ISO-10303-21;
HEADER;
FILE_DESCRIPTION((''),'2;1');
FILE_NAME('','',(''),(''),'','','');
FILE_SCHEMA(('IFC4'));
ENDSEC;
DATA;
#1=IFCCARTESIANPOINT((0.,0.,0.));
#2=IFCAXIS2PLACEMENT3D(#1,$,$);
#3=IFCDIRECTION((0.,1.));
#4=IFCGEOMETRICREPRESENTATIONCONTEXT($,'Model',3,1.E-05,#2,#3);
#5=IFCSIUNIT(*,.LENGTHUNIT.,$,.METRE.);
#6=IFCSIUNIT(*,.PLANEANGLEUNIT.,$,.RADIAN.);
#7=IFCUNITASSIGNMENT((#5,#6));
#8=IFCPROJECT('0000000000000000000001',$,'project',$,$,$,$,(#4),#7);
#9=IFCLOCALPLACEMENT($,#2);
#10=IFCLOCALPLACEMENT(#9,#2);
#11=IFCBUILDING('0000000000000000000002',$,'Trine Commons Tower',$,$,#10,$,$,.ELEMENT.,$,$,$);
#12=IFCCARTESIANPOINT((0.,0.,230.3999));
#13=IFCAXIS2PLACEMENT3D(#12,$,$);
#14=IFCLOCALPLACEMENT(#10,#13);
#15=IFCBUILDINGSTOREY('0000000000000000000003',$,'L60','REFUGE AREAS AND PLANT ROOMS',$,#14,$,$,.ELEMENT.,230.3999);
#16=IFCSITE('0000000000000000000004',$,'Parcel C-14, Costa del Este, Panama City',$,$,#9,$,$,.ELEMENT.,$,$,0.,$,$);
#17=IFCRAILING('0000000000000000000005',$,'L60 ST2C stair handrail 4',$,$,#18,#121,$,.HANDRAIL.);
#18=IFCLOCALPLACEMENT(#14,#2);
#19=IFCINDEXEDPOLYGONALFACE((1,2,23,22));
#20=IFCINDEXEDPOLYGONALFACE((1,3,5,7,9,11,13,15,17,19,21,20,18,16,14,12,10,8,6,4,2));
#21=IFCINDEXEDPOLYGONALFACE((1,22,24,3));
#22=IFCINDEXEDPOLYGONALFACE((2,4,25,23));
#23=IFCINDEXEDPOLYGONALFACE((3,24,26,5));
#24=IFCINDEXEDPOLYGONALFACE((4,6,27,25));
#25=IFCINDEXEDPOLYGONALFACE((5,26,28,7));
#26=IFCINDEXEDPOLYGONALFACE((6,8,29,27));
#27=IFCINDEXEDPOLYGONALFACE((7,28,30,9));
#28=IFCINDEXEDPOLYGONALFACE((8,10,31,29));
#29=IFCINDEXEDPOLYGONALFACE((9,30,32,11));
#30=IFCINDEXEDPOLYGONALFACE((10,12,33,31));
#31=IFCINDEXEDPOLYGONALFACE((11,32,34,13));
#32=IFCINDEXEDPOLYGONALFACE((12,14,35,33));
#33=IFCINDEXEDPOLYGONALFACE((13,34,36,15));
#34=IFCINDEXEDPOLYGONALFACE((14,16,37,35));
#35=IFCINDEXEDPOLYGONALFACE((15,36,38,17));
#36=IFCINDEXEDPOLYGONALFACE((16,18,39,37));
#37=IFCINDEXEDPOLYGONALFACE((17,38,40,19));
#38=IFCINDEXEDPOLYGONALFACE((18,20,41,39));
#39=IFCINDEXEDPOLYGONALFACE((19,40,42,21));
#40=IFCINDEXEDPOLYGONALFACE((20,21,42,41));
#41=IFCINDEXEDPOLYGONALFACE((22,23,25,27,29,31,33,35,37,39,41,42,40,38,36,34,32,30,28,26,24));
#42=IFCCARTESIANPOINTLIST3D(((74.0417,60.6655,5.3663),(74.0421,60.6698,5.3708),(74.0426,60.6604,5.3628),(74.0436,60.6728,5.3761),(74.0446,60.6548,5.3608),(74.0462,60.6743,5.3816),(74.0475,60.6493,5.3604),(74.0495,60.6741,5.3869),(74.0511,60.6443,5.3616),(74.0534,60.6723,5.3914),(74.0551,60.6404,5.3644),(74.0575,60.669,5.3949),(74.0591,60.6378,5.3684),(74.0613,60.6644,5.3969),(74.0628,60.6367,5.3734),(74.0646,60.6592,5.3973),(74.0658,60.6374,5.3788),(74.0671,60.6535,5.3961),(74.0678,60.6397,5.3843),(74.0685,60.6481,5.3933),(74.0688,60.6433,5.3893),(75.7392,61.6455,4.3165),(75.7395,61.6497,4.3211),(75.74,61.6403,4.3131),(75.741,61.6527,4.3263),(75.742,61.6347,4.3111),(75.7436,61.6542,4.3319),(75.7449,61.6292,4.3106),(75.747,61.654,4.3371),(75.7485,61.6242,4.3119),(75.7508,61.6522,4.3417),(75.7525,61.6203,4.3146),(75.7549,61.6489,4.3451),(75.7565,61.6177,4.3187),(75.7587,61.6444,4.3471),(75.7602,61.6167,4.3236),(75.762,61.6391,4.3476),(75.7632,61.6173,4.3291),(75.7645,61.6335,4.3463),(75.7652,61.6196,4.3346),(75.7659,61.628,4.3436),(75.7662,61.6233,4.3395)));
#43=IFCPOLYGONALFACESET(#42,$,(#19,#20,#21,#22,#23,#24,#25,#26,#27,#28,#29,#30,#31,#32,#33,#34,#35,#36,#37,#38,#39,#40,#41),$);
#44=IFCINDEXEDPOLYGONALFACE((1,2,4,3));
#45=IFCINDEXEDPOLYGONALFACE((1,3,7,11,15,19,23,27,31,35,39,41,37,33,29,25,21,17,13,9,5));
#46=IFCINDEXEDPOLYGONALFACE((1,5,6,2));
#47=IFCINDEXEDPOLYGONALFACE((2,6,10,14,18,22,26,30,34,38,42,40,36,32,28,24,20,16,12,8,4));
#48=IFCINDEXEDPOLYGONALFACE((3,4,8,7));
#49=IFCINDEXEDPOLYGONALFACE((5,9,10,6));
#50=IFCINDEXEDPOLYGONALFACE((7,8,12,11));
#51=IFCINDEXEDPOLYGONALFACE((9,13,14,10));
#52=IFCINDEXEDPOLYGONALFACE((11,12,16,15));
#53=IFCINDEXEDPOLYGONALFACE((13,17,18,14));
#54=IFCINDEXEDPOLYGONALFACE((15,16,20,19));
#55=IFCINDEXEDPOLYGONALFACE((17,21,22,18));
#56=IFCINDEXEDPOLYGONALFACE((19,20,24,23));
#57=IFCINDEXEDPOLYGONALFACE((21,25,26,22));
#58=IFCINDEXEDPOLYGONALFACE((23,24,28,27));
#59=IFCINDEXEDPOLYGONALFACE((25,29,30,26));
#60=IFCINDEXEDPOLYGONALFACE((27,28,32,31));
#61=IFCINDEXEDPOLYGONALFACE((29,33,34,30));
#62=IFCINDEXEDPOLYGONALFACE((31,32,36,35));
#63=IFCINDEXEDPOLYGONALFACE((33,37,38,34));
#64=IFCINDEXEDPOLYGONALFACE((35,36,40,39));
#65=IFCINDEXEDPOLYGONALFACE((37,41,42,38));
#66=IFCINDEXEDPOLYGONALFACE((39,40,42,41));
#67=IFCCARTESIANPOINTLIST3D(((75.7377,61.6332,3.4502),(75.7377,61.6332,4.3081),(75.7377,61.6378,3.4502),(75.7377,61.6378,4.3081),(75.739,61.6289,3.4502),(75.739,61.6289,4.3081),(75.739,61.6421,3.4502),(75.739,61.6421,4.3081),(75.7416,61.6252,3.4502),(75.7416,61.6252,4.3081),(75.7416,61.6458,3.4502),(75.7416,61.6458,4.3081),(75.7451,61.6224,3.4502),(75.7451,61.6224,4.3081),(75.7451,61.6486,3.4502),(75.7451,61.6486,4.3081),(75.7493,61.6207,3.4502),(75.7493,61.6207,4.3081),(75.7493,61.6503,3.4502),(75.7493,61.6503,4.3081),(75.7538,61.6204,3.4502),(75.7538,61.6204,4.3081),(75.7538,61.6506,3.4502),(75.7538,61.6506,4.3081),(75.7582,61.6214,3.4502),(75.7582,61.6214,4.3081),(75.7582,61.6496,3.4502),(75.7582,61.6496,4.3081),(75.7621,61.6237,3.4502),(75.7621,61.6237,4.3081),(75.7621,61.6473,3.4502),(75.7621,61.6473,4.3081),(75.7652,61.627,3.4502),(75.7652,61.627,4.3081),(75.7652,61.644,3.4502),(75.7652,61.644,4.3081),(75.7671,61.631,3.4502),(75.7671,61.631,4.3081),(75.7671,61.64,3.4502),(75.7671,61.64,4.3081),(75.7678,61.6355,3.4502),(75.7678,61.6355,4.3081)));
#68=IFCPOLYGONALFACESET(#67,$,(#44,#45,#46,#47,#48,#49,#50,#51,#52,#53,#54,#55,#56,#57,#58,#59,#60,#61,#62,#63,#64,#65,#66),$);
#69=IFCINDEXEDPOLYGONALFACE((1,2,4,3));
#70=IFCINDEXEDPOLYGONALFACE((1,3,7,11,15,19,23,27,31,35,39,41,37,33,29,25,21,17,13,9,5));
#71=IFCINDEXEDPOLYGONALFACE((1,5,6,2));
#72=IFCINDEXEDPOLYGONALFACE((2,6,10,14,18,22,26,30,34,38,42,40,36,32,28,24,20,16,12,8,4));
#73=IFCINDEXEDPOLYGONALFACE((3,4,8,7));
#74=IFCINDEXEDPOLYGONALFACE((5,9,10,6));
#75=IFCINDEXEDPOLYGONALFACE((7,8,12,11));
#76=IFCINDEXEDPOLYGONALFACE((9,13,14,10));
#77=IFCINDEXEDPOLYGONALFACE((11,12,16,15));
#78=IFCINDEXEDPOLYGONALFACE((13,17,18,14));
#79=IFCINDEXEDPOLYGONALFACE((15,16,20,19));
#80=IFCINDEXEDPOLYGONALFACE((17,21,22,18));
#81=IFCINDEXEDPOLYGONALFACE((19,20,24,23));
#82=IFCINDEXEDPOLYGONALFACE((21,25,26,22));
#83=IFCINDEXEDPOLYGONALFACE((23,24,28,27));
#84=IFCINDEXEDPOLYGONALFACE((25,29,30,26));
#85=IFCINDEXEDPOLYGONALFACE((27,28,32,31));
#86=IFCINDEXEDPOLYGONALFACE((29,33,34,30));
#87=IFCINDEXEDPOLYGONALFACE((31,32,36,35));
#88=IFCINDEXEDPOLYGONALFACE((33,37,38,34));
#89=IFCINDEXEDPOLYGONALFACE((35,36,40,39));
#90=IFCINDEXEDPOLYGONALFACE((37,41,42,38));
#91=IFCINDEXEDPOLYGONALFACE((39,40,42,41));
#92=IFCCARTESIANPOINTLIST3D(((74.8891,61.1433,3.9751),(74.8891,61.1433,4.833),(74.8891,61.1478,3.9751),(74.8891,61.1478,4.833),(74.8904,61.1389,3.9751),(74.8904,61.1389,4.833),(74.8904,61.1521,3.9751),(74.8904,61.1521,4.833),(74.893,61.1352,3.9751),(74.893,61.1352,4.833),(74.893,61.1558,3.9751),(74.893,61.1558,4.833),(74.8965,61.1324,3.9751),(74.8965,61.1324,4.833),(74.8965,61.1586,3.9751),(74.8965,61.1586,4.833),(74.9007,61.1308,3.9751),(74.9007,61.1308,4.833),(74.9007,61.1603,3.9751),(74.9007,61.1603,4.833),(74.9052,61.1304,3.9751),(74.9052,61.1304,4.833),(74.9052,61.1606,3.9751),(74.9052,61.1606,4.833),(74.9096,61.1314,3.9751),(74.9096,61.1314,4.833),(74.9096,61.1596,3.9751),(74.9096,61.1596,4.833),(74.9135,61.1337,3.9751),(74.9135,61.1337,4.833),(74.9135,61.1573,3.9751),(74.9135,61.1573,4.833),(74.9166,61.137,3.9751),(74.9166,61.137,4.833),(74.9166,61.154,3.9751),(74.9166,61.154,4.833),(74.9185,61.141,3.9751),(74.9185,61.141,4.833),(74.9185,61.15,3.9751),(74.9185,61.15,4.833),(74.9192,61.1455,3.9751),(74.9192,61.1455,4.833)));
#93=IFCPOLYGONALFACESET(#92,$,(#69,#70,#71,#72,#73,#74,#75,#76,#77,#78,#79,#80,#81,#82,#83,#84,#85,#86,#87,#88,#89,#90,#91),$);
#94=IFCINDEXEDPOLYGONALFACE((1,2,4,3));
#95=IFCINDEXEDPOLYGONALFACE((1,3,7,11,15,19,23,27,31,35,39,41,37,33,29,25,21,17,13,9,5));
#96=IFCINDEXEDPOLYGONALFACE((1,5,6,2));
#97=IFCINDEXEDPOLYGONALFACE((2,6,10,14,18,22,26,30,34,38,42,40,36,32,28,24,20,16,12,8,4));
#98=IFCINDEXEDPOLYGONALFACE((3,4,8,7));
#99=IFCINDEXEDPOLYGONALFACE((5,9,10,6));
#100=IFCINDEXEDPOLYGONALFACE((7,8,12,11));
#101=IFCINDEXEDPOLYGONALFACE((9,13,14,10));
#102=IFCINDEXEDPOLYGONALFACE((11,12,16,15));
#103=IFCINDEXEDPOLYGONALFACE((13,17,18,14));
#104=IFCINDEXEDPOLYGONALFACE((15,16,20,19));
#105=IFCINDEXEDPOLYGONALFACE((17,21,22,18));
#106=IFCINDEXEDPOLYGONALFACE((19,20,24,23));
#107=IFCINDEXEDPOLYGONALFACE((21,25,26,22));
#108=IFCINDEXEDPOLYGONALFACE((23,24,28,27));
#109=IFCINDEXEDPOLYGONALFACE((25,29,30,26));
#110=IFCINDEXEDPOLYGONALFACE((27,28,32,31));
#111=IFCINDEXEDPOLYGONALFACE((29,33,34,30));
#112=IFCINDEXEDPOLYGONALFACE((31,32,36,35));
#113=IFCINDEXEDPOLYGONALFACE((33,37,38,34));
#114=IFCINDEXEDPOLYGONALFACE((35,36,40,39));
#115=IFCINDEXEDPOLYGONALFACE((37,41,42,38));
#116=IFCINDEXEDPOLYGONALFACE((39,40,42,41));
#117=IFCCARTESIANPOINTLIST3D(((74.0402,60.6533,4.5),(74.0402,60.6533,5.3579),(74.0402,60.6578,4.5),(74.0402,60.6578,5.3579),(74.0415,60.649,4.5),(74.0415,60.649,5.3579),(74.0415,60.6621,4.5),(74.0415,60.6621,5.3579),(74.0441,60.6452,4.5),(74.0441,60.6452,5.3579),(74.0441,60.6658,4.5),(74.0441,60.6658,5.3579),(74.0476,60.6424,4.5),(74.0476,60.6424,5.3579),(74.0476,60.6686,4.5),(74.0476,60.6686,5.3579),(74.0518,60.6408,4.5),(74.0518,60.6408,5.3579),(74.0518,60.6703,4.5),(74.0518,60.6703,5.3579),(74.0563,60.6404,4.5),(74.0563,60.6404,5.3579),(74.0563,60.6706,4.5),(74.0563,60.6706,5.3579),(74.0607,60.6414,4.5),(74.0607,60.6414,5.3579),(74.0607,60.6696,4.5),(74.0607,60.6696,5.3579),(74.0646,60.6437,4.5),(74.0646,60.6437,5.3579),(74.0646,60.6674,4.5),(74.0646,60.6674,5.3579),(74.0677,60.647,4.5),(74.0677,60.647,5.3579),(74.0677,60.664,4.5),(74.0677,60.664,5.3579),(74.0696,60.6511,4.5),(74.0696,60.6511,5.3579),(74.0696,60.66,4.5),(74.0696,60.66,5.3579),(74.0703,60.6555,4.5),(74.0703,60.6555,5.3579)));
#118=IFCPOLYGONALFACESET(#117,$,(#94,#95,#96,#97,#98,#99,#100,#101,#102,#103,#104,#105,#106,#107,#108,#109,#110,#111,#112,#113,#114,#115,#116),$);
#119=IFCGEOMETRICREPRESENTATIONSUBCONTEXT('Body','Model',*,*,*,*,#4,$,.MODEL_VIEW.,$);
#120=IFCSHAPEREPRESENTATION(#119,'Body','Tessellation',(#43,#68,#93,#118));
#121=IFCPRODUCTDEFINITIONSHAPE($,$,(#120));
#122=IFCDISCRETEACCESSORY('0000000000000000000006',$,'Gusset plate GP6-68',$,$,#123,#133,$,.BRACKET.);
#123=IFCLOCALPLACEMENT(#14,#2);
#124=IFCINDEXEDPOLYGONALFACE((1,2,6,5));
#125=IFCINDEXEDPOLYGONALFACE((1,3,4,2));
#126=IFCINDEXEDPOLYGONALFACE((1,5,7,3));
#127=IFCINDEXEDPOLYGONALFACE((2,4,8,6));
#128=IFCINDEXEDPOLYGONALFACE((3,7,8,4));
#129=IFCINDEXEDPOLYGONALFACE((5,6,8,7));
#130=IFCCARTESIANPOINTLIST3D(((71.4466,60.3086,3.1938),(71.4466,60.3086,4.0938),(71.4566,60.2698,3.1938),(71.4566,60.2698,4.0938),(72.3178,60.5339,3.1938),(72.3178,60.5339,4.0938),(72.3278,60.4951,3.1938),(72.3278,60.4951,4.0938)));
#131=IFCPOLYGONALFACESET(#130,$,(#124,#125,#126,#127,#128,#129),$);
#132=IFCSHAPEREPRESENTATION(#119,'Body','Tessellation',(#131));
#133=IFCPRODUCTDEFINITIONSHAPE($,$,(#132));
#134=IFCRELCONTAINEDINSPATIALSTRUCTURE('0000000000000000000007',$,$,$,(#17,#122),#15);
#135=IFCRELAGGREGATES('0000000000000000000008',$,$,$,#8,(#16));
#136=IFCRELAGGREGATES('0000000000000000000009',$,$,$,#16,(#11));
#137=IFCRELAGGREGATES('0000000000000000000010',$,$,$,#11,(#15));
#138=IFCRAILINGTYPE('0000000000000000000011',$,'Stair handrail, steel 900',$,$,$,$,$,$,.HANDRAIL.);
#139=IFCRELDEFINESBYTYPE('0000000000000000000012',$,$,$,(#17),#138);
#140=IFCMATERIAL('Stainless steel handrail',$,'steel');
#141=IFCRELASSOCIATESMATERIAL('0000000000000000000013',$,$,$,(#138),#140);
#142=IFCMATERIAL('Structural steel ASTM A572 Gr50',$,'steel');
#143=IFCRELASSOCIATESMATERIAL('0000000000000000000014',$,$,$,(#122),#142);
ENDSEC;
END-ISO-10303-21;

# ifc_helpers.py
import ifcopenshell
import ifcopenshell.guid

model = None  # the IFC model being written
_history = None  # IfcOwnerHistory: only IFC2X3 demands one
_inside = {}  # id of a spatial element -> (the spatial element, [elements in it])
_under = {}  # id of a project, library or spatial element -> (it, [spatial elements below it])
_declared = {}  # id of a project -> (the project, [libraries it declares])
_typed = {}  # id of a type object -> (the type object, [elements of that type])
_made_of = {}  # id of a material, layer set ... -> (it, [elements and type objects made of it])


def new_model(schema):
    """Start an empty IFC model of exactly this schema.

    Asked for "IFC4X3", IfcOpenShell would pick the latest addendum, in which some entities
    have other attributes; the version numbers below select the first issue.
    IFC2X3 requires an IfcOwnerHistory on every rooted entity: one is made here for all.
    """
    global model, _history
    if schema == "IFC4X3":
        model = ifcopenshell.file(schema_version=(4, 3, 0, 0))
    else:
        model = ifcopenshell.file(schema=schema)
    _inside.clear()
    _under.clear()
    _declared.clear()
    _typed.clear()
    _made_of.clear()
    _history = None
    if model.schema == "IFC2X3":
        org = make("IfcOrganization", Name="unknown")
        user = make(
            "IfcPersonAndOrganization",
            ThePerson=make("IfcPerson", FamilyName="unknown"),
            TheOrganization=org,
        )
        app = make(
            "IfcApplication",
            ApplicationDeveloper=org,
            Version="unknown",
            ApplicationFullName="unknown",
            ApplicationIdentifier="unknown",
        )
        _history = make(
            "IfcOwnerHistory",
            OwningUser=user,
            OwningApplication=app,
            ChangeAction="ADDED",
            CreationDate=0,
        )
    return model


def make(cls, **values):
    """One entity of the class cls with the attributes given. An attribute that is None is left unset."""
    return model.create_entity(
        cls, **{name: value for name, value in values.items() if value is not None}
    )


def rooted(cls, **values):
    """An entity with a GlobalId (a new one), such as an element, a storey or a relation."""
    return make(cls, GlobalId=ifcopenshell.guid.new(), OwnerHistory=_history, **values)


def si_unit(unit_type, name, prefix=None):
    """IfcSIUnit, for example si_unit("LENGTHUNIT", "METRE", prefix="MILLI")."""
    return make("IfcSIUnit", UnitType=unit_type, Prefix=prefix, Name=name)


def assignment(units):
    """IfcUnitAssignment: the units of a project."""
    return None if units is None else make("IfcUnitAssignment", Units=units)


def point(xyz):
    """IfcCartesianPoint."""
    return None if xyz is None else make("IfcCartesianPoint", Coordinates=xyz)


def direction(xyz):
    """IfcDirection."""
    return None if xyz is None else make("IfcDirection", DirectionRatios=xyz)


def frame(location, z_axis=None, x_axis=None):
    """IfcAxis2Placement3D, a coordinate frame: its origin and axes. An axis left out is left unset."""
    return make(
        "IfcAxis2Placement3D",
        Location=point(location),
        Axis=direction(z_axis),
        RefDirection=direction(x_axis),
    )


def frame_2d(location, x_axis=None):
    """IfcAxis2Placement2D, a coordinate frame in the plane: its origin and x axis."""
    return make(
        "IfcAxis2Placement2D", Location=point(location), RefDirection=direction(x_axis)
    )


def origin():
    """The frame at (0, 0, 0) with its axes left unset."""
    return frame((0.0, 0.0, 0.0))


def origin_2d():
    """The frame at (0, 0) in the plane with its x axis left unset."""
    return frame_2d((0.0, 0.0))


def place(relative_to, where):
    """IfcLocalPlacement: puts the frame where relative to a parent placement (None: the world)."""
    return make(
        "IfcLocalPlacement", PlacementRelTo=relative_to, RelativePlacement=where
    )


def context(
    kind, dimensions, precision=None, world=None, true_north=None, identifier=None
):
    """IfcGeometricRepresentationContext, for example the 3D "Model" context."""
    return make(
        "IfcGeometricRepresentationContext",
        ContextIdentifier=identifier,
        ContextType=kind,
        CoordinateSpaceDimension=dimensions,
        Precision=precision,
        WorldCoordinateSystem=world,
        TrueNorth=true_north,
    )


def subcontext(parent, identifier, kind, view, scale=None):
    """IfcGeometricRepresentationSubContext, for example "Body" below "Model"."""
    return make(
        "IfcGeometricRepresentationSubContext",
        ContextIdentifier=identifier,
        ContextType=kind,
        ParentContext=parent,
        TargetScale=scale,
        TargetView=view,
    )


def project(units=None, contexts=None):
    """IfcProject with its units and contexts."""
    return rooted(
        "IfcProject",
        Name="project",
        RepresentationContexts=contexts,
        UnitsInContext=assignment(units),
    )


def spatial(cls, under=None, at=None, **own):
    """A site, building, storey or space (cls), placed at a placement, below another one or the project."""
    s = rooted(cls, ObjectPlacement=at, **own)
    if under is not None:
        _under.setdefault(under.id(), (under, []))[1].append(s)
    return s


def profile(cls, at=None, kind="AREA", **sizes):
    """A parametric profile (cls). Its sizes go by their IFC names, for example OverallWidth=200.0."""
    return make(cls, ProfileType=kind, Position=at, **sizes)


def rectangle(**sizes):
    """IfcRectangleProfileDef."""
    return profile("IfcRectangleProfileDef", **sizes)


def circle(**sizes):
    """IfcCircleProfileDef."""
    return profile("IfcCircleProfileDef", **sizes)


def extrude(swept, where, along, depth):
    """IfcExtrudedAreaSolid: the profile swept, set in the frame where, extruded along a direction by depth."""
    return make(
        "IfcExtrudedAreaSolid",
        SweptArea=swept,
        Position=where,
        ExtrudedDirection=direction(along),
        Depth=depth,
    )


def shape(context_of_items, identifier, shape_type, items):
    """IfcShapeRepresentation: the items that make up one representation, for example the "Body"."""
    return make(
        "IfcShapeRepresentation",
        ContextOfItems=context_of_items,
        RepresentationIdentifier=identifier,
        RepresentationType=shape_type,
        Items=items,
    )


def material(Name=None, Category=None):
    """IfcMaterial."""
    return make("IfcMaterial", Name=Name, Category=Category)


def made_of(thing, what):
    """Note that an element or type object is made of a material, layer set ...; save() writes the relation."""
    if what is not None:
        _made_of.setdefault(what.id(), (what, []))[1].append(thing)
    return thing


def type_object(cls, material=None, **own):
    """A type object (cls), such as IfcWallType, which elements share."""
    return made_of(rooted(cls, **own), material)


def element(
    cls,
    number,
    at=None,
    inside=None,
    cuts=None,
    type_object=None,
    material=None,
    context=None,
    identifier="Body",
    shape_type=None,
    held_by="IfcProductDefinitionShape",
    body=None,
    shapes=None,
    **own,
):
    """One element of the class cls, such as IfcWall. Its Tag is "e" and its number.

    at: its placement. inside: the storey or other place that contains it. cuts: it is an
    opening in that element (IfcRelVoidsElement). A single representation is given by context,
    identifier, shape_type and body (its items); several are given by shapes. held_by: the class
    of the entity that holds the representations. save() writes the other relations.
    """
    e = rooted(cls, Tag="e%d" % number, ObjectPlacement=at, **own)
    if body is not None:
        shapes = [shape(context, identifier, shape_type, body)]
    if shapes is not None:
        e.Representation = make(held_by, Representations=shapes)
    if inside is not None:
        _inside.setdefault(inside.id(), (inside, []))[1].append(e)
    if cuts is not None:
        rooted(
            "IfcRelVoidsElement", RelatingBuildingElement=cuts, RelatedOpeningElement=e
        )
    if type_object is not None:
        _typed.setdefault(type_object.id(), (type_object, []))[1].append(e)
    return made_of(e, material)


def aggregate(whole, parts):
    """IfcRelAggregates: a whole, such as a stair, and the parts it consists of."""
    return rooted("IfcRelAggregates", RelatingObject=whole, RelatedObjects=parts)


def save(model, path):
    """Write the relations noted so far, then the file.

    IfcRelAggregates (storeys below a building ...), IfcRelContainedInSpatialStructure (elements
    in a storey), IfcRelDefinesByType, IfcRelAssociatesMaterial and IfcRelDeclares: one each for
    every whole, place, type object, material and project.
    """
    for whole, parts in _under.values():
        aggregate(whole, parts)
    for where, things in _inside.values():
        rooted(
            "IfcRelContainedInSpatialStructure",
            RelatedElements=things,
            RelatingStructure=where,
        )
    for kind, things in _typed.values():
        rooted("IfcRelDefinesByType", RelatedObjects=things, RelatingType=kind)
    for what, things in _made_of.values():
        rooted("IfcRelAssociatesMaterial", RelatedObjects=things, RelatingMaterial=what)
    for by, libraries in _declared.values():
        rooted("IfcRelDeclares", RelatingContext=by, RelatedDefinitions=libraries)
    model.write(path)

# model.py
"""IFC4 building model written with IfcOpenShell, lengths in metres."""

from ifc_helpers import new_model, si_unit, direction, frame, origin, origin_2d, place, context, subcontext, project, spatial, rectangle, circle, extrude, material, type_object, element, save


model = new_model("IFC4")

# Units and contexts
model_context = context("Model", 3, precision=1e-05, world=origin(), true_north=direction((0.0, 1.0)))
body_context = subcontext(model_context, "Body", "Model", "MODEL_VIEW")
ifc_project = project(units=[si_unit("LENGTHUNIT", "METRE"), si_unit("PLANEANGLEUNIT", "RADIAN")], contexts=[model_context])

# Site, building, storey
site_placement = place(None, origin())
site = spatial("IfcSite", under=ifc_project, at=site_placement, Name="Parcel C-14, Costa del Este, Panama City", CompositionType="ELEMENT", RefElevation=0.0)
building_placement = place(site_placement, origin())
building = spatial("IfcBuilding", under=site, at=building_placement, Name="Trine Commons Tower", CompositionType="ELEMENT")
storey_placement = place(building_placement, frame((0.0, 0.0, 230.3999)))
storey = spatial("IfcBuildingStorey", under=building, at=storey_placement, Name="L60", Description="REFUGE AREAS AND PLANT ROOMS", CompositionType="ELEMENT", Elevation=230.3999)

# Railing
ifc_material_1 = material(Name="Stainless steel handrail", Category="steel")
railing_type_1 = type_object("IfcRailingType", Name="Stair handrail, steel 900", PredefinedType="HANDRAIL", material=ifc_material_1)
railing_1_placement = place(storey_placement, frame((75.7527, 61.6355, 3.4502)))
element("IfcRailing", 1, at=railing_1_placement, inside=storey, type_object=railing_type_1, Name="L60 ST2C stair handrail 4", PredefinedType="HANDRAIL", context=body_context, shape_type="SweptSolid", body=[
    extrude(circle(Radius=0.021, at=origin_2d()), frame((0.0, 0.0, 0.8789), z_axis=(-0.763437, -0.440736, 0.472139), x_axis=(0.49997, -0.866042, 0.0)), (0.0, 0.0, 1.0), 2.2234),
    extrude(circle(Radius=0.0151, at=origin_2d()), origin(), (0.0, 0.0, 1.0), 0.8579),
    extrude(circle(Radius=0.0151, at=origin_2d()), frame((-0.8486, -0.49, 0.5249)), (0.0, 0.0, 1.0), 0.8579),
    extrude(circle(Radius=0.0151, at=origin_2d()), frame((-1.6975, -0.98, 1.0498)), (0.0, 0.0, 1.0), 0.8579),
])

# Discrete accessory
ifc_material_2 = material(Name="Structural steel ASTM A572 Gr50", Category="steel")
discrete_accessory_placement = place(storey_placement, frame((71.8872, 60.4019, 3.1938), z_axis=(0.0, 0.0, 1.0), x_axis=(-0.968148, -0.25038, 0.0)))
element("IfcDiscreteAccessory", 2, at=discrete_accessory_placement, inside=storey, material=ifc_material_2, Name="Gusset plate GP6-68", PredefinedType="BRACKET", context=body_context, shape_type="SweptSolid", body=[
    extrude(rectangle(XDim=0.8999, YDim=0.04, at=origin_2d()), origin(), (0.0, 0.0, 1.0), 0.8999),
])

save(model, "model.ifc")
